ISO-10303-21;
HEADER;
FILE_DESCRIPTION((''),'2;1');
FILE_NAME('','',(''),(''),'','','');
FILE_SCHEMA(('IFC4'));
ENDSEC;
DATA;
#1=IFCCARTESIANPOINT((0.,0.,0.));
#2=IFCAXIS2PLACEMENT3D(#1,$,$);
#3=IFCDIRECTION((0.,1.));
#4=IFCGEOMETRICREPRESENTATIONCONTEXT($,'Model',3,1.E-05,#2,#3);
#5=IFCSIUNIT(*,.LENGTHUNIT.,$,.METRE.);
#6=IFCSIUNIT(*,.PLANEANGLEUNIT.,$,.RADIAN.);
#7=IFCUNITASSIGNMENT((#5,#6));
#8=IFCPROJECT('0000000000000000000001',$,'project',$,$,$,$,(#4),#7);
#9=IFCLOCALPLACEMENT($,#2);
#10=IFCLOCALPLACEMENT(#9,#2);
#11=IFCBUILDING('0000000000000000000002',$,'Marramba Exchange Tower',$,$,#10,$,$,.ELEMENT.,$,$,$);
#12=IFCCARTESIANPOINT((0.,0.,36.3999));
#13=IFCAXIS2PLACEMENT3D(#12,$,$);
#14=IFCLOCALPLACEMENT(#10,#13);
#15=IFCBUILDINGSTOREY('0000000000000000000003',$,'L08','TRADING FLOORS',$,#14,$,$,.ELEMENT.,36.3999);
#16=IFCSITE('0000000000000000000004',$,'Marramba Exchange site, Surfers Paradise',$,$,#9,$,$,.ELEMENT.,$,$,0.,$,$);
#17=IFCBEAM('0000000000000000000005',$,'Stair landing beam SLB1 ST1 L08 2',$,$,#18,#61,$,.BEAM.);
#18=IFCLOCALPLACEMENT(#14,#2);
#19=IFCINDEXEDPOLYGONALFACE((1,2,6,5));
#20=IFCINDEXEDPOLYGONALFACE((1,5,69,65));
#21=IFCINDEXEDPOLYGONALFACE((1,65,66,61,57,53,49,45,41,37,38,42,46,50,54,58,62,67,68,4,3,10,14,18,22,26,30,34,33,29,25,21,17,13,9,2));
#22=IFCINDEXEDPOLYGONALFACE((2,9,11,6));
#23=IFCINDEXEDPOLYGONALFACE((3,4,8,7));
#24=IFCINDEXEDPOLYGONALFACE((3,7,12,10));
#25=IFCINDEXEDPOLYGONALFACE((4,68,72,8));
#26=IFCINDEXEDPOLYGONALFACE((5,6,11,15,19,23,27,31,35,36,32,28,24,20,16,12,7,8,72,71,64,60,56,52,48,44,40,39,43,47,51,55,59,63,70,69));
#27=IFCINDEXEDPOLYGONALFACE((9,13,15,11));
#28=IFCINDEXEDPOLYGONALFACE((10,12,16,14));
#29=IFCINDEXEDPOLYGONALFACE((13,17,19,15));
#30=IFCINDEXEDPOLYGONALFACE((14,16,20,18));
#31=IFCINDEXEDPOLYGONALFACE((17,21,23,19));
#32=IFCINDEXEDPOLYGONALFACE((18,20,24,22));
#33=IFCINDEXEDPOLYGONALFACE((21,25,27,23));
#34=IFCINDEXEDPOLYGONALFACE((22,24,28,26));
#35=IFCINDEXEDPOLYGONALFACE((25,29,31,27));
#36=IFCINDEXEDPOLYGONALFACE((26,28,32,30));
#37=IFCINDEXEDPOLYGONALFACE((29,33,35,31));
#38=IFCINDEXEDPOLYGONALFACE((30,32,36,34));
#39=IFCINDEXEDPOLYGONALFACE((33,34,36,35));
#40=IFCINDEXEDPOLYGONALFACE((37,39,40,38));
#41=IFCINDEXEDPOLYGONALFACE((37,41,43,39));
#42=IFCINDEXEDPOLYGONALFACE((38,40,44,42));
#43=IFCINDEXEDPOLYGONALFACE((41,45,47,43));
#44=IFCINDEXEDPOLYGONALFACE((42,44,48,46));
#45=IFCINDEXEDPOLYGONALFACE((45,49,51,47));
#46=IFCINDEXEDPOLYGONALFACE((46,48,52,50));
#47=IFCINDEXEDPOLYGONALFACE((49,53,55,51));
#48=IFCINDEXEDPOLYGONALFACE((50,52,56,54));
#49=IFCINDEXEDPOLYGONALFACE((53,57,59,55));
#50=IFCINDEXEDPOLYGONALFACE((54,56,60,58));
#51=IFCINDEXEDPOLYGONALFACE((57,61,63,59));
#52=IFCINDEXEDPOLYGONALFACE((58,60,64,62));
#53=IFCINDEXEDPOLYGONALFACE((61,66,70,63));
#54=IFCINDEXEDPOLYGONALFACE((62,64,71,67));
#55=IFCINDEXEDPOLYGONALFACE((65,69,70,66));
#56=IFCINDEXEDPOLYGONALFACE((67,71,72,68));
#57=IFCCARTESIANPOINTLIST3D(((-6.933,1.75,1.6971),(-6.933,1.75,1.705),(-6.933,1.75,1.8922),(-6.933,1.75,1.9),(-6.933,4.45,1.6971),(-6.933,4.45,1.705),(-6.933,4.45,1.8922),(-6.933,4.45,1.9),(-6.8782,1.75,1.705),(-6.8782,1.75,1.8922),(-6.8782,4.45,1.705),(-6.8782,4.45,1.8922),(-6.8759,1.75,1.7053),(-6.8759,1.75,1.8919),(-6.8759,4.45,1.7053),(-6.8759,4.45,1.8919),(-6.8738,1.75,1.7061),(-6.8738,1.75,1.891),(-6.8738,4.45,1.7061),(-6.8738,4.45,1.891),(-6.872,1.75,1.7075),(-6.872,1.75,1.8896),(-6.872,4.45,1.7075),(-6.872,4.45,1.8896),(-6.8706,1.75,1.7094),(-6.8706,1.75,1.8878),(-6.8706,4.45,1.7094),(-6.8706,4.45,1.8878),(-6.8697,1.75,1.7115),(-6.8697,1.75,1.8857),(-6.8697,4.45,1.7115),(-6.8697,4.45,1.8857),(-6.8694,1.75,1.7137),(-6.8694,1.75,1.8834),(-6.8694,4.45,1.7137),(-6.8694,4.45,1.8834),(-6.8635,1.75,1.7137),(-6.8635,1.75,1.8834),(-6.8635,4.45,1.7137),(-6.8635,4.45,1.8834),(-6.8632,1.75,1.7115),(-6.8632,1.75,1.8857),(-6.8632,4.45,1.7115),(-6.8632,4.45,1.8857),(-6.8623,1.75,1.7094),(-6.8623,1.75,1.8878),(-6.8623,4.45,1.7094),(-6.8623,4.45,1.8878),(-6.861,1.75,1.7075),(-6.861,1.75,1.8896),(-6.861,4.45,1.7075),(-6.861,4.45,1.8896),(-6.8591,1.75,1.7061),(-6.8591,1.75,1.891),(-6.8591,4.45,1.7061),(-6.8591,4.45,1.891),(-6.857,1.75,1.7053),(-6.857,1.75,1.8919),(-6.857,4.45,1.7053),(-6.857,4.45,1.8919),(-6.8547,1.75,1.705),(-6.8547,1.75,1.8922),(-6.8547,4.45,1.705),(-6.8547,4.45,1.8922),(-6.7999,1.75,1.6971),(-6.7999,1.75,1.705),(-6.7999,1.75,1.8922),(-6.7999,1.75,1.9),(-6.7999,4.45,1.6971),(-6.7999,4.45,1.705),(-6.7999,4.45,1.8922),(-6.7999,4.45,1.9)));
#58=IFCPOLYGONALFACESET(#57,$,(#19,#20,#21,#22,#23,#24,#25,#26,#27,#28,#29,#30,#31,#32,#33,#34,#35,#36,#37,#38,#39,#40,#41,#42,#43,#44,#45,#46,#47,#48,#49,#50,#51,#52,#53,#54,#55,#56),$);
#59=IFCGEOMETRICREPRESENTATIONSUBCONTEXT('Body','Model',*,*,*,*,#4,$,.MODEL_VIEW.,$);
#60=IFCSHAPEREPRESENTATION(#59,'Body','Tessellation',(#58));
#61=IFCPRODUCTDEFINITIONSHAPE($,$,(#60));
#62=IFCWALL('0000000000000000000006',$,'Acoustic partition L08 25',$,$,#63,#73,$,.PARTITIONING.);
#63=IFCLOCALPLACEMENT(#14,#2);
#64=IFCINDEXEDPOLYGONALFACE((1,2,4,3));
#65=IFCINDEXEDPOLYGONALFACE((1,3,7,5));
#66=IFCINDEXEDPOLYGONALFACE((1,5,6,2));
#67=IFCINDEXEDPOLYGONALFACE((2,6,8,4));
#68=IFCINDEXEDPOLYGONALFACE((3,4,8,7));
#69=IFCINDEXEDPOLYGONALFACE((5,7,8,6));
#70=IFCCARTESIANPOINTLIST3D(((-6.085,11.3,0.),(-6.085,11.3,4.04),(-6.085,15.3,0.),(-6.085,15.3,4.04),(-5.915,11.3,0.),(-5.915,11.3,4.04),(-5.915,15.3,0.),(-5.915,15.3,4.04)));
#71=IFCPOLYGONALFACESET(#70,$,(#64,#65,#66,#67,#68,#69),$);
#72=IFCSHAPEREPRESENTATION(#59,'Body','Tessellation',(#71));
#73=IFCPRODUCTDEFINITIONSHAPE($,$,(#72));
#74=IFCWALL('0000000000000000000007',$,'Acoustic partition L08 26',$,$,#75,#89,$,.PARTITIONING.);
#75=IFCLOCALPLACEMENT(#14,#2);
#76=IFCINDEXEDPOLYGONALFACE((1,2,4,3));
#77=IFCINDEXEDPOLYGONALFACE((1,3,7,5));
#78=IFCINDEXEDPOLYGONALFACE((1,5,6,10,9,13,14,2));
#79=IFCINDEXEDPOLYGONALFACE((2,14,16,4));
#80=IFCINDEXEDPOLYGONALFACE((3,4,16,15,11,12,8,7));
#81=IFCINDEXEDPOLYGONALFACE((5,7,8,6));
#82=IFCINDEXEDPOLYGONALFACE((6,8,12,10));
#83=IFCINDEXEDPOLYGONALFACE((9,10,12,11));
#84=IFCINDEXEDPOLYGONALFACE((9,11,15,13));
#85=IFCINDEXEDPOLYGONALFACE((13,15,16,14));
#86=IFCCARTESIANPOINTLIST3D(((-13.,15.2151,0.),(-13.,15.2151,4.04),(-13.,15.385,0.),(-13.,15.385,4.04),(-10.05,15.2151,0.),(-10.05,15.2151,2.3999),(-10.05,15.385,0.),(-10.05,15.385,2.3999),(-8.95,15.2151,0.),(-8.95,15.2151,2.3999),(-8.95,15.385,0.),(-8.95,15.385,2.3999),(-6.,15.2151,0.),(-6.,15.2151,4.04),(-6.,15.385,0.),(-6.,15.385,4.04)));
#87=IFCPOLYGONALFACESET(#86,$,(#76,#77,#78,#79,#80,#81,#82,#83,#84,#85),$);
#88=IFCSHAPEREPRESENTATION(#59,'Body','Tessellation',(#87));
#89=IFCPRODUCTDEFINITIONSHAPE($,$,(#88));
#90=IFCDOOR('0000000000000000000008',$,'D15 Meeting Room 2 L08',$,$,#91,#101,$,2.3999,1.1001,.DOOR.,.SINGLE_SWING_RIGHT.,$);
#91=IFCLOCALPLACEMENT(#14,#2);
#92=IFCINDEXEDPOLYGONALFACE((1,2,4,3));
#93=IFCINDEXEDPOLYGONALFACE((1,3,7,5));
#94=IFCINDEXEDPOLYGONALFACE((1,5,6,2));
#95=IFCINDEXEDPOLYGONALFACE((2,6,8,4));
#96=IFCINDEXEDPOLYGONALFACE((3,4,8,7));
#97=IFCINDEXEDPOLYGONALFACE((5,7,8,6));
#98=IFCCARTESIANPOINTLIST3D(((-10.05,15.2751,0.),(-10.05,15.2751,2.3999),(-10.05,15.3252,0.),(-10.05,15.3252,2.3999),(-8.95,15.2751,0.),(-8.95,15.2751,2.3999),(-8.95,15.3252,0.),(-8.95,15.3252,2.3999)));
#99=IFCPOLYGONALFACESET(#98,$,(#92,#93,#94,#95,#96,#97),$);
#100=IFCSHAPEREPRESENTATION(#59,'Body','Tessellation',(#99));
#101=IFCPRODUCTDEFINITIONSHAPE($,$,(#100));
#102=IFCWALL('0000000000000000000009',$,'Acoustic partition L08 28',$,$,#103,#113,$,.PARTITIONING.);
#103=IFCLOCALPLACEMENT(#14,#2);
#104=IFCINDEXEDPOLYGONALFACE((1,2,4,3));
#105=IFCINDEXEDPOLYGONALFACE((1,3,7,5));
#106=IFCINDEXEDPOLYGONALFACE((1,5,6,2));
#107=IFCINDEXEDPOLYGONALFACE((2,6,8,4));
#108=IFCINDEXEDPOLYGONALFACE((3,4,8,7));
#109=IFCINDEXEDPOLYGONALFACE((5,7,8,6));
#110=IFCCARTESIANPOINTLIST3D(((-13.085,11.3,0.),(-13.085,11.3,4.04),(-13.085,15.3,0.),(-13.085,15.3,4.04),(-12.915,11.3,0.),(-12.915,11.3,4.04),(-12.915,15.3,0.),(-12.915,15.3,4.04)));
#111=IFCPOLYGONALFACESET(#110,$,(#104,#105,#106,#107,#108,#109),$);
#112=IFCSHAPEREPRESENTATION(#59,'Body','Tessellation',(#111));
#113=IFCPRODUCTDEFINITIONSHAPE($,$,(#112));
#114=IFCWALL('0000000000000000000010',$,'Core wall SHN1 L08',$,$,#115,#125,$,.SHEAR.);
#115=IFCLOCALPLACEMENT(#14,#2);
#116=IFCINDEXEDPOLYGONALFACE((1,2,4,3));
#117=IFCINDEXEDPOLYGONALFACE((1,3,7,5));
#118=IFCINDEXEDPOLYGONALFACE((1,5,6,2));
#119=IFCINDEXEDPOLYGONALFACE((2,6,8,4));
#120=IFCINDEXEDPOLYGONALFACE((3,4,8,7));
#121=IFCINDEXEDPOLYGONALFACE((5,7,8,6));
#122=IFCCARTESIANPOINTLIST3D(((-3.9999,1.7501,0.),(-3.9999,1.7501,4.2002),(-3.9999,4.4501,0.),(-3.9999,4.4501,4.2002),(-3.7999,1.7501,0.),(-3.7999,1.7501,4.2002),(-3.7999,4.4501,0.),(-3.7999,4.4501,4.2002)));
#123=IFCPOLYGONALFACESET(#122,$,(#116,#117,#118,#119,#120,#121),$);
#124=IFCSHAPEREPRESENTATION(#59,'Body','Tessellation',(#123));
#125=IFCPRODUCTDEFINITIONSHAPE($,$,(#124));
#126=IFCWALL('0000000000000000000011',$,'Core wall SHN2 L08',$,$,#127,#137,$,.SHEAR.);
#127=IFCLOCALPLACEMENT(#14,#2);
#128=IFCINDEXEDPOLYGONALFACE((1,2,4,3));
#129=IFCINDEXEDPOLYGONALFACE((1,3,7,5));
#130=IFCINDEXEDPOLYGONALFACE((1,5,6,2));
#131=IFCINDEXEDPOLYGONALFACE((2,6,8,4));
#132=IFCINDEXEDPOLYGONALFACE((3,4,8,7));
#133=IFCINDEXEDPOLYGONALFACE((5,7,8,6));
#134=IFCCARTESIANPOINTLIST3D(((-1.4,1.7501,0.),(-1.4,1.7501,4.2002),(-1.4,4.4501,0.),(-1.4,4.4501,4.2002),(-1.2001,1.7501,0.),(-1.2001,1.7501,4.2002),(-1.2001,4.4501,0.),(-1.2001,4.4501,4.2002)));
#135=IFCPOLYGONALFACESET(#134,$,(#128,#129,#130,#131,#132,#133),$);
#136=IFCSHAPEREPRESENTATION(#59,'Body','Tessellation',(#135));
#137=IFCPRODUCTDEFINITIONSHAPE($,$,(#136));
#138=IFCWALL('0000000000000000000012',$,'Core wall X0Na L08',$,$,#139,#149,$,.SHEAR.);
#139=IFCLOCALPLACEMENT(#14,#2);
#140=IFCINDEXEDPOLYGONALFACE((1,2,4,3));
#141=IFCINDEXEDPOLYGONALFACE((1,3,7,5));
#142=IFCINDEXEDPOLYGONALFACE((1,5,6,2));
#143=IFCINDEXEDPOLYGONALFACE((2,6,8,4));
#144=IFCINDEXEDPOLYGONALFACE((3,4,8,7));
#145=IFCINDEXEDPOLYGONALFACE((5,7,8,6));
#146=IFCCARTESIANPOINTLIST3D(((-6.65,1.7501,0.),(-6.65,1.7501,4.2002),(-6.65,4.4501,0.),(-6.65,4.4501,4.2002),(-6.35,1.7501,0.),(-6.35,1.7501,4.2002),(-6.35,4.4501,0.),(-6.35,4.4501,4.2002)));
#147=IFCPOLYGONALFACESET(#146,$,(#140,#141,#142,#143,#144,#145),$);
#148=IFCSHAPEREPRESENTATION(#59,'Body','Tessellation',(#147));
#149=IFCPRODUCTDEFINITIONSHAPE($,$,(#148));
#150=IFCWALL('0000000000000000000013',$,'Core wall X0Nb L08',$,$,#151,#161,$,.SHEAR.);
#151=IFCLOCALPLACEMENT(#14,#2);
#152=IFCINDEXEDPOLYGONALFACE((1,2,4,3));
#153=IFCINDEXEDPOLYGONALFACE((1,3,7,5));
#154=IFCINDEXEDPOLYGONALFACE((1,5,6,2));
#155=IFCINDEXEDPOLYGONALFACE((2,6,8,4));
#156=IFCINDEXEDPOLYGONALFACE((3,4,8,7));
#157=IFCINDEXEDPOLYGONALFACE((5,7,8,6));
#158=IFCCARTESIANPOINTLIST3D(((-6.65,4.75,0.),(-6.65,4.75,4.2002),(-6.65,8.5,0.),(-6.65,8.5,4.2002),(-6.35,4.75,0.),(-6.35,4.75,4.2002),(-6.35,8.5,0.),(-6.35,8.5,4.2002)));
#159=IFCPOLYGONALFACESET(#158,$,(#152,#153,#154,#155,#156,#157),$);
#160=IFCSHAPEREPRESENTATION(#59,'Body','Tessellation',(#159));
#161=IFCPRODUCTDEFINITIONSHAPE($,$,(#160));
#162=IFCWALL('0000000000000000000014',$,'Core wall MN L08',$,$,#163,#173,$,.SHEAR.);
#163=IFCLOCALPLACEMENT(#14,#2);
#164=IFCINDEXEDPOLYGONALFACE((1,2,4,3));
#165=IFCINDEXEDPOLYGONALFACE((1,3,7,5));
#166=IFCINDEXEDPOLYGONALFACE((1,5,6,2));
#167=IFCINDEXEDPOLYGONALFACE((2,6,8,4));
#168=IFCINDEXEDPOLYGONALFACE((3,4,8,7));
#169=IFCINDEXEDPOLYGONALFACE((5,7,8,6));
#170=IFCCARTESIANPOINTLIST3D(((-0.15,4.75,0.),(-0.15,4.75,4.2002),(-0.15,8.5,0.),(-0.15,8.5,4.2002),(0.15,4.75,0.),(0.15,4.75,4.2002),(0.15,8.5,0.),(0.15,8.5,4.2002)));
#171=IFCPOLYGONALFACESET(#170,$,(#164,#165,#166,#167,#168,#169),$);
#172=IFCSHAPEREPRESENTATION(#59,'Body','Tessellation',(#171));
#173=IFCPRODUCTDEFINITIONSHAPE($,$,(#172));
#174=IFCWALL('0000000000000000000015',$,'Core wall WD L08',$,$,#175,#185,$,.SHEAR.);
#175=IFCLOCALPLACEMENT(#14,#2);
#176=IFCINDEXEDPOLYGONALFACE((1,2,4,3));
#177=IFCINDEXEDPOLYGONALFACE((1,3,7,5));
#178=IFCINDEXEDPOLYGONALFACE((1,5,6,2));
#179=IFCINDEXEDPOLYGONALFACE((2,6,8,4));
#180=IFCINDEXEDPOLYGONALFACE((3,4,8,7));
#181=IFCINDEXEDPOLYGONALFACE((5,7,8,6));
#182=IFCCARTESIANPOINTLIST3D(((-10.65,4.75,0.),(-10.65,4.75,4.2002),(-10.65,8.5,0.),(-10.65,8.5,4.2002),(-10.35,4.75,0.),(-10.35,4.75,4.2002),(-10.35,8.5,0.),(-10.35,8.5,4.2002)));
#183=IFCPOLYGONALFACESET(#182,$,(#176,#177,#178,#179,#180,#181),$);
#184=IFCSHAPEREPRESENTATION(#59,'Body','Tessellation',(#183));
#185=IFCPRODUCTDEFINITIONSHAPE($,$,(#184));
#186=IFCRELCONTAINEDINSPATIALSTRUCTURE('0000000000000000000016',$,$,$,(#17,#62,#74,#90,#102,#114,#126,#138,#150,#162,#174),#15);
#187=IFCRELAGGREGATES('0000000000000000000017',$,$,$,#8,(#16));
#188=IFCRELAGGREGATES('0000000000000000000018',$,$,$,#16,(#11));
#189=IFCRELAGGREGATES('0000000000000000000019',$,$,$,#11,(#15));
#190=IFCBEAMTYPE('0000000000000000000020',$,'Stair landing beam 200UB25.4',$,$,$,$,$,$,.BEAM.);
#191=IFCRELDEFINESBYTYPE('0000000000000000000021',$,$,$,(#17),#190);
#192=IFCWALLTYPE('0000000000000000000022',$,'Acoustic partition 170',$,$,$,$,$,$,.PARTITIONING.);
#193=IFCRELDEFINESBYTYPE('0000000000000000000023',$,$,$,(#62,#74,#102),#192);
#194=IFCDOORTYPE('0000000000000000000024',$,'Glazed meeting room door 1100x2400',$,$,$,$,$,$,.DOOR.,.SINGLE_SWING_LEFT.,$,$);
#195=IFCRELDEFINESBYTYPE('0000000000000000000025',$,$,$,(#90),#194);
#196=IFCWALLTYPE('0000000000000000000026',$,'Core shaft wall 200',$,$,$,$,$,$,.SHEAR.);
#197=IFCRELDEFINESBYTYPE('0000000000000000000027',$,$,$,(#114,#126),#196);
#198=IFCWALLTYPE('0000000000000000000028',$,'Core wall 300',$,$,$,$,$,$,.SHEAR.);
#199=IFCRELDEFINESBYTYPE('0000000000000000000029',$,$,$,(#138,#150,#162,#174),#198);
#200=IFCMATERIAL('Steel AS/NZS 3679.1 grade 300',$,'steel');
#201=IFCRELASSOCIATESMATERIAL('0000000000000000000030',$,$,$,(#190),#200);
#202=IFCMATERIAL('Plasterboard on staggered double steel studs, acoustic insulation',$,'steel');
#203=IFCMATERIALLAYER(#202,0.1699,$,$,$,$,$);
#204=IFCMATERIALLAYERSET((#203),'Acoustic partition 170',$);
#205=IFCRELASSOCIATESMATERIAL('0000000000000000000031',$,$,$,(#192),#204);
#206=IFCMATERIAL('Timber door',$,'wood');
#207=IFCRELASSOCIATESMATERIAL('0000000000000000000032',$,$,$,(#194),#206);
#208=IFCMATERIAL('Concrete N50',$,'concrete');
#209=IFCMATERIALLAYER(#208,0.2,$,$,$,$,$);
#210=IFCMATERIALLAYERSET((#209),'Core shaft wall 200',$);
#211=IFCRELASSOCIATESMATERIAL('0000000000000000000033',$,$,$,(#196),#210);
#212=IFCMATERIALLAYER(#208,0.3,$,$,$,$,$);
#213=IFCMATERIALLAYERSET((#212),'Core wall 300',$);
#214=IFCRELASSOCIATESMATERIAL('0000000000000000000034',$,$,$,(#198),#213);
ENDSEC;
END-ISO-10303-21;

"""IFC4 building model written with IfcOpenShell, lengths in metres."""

from ifc_helpers import new_model, si_unit, direction, frame, frame_2d, origin, origin_2d, place, context, subcontext, project, spatial, rectangle, i_section, extrude, material, layer, layer_set, material_profile, profile_set, type_object, element, fill, save


model = new_model("IFC4")

# Units and contexts
model_context = context("Model", 3, precision=1e-05, world=origin(), true_north=direction((0.0, 1.0)))
body_context = subcontext(model_context, "Body", "Model", "MODEL_VIEW")
ifc_project = project(units=[si_unit("LENGTHUNIT", "METRE"), si_unit("PLANEANGLEUNIT", "RADIAN")], contexts=[model_context])

# Site, building, storey
site_placement = place(None, origin())
site = spatial("IfcSite", under=ifc_project, at=site_placement, Name="Marramba Exchange site, Surfers Paradise", CompositionType="ELEMENT", RefElevation=0.0)
building_placement = place(site_placement, origin())
building = spatial("IfcBuilding", under=site, at=building_placement, Name="Marramba Exchange Tower", CompositionType="ELEMENT")
storey_placement = place(building_placement, frame((0.0, 0.0, 36.3999)))
storey = spatial("IfcBuildingStorey", under=building, at=storey_placement, Name="L08", Description="TRADING FLOORS", CompositionType="ELEMENT", Elevation=36.3999)

# Beam
ifc_material_1 = material(Name="Steel AS/NZS 3679.1 grade 300", Category="steel")
ifc_material_profile_1 = material_profile(ifc_material_1, i_section(OverallWidth=0.1331, OverallDepth=0.2029, WebThickness=0.0059, FlangeThickness=0.0078, FilletRadius=0.0088, at=origin_2d()), Name="200UB25.4")
ifc_profile_set_1 = profile_set([ifc_material_profile_1], Name="Steel AS/NZS 3679.1 grade 300")
beam_type_1 = type_object("IfcBeamType", Name="Stair landing beam 200UB25.4", PredefinedType="BEAM", material=ifc_profile_set_1)
for number, where, z_axis, x_axis, name in (
    (1, (-6.8665, 1.75, 1.7986), (0.0, 1.0, 0.0), (-1.0, 0.0, 0.0), "Stair landing beam SLB1 ST1 L08 2"),
):
    element("IfcBeam", number, at=place(storey_placement, frame(where, z_axis=z_axis, x_axis=x_axis)), inside=storey, type_object=beam_type_1, Name=name, PredefinedType="BEAM", context=body_context, shape_type="SweptSolid", body=[
        extrude(i_section(OverallWidth=0.1331, OverallDepth=0.2029, WebThickness=0.0059, FlangeThickness=0.0078, FilletRadius=0.0088, at=origin_2d()), origin(), (0.0, 0.0, 1.0), 2.7),
    ])

# Wall
ifc_material_2 = material(Name="Plasterboard on staggered double steel studs, acoustic insulation", Category="steel")
ifc_layer_1 = layer(ifc_material_2, 0.1699)
ifc_layer_set_1 = layer_set([ifc_layer_1], Name="Acoustic partition 170")
wall_type_1 = type_object("IfcWallType", Name="Acoustic partition 170", PredefinedType="PARTITIONING", material=ifc_layer_set_1)
wall_1_placement = place(storey_placement, frame((-6.0, 11.3, 0.0), z_axis=(0.0, 0.0, 1.0), x_axis=(0.0, 1.0, 0.0)))
element("IfcWall", 2, at=wall_1_placement, inside=storey, type_object=wall_type_1, Name="Acoustic partition L08 25", PredefinedType="PARTITIONING", context=body_context, shape_type="SweptSolid", body=[
    extrude(rectangle(XDim=4.0, YDim=0.1699, at=frame_2d((2.0, 0.0))), origin(), (0.0, 0.0, 1.0), 4.04),
])

# Wall, opening, door
wall_2_placement = place(storey_placement, frame((-6.0, 15.3, 0.0), z_axis=(0.0, 0.0, 1.0), x_axis=(-1.0, 0.0, 0.0)))
wall_2 = element("IfcWall", 3, at=wall_2_placement, inside=storey, type_object=wall_type_1, Name="Acoustic partition L08 26", PredefinedType="PARTITIONING", context=body_context, shape_type="SweptSolid", body=[
    extrude(rectangle(XDim=7.0, YDim=0.1699, at=frame_2d((3.5, 0.0))), origin(), (0.0, 0.0, 1.0), 4.04),
])
opening_placement = place(wall_2_placement, frame((2.95, 0.0, 0.0)))
opening = element("IfcOpeningElement", 4, at=opening_placement, cuts=wall_2, PredefinedType="OPENING", context=body_context, shape_type="SweptSolid", body=[
    extrude(rectangle(XDim=1.1001, YDim=2.3999, at=frame_2d((0.55, 1.2))), frame((0.0, 0.095, 0.0), z_axis=(0.0, -1.0, 0.0), x_axis=(1.0, 0.0, 0.0)), (0.0, 0.0, 1.0), 0.1899),
])
ifc_material_3 = material(Name="Timber door", Category="wood")
door_type = type_object("IfcDoorType", Name="Glazed meeting room door 1100x2400", OperationType="SINGLE_SWING_LEFT", PredefinedType="DOOR", material=ifc_material_3)
door_placement = place(opening_placement, origin())
door = element("IfcDoor", 5, at=door_placement, inside=storey, type_object=door_type, Name="D15 Meeting Room 2 L08", OperationType="SINGLE_SWING_RIGHT", OverallHeight=2.3999, OverallWidth=1.1001, PredefinedType="DOOR", context=body_context, shape_type="SweptSolid", body=[
    extrude(rectangle(XDim=1.1001, YDim=2.3999, at=frame_2d((0.55, 1.2))), frame((0.0, 0.0249, 0.0), z_axis=(0.0, -1.0, 0.0), x_axis=(1.0, 0.0, 0.0)), (0.0, 0.0, 1.0), 0.05),
])
fill(opening, door)

# Walls
wall_3_placement = place(storey_placement, frame((-13.0, 15.3, 0.0), z_axis=(0.0, 0.0, 1.0), x_axis=(0.0, -1.0, 0.0)))
element("IfcWall", 6, at=wall_3_placement, inside=storey, type_object=wall_type_1, Name="Acoustic partition L08 28", PredefinedType="PARTITIONING", context=body_context, shape_type="SweptSolid", body=[
    extrude(rectangle(XDim=4.0, YDim=0.1699, at=frame_2d((2.0, 0.0))), origin(), (0.0, 0.0, 1.0), 4.04),
])
ifc_material_4 = material(Name="Concrete N50", Category="concrete")
ifc_layer_2 = layer(ifc_material_4, 0.2)
ifc_layer_set_2 = layer_set([ifc_layer_2], Name="Core shaft wall 200")
wall_type_2 = type_object("IfcWallType", Name="Core shaft wall 200", PredefinedType="SHEAR", material=ifc_layer_set_2)
for number, where, z_axis, x_axis, name in (
    (7, (-3.8999, 1.75, 0.0), (0.0, 0.0, 1.0), (0.0, 1.0, 0.0), "Core wall SHN1 L08"),
    (8, (-1.3, 1.75, 0.0), (0.0, 0.0, 1.0), (0.0, 1.0, 0.0), "Core wall SHN2 L08"),
):
    element("IfcWall", number, at=place(storey_placement, frame(where, z_axis=z_axis, x_axis=x_axis)), inside=storey, type_object=wall_type_2, Name=name, PredefinedType="SHEAR", context=body_context, shape_type="SweptSolid", body=[
        extrude(rectangle(XDim=2.7, YDim=0.2, at=frame_2d((1.3501, 0.0))), origin(), (0.0, 0.0, 1.0), 4.2002),
    ])
ifc_layer_3 = layer(ifc_material_4, 0.3)
ifc_layer_set_3 = layer_set([ifc_layer_3], Name="Core wall 300")
wall_type_3 = type_object("IfcWallType", Name="Core wall 300", PredefinedType="SHEAR", material=ifc_layer_set_3)
wall_4_placement = place(storey_placement, frame((-6.5, 1.75, 0.0), z_axis=(0.0, 0.0, 1.0), x_axis=(0.0, 1.0, 0.0)))
element("IfcWall", 9, at=wall_4_placement, inside=storey, type_object=wall_type_3, Name="Core wall X0Na L08", PredefinedType="SHEAR", context=body_context, shape_type="SweptSolid", body=[
    extrude(rectangle(XDim=2.7, YDim=0.3, at=frame_2d((1.3501, 0.0))), origin(), (0.0, 0.0, 1.0), 4.2002),
])
for number, where, z_axis, x_axis, name in (
    (10, (-6.5, 4.75, 0.0), (0.0, 0.0, 1.0), (0.0, 1.0, 0.0), "Core wall X0Nb L08"),
    (11, (0.0, 4.75, 0.0), (0.0, 0.0, 1.0), (0.0, 1.0, 0.0), "Core wall MN L08"),
    (12, (-10.5, 4.75, 0.0), (0.0, 0.0, 1.0), (0.0, 1.0, 0.0), "Core wall WD L08"),
):
    element("IfcWall", number, at=place(storey_placement, frame(where, z_axis=z_axis, x_axis=x_axis)), inside=storey, type_object=wall_type_3, Name=name, PredefinedType="SHEAR", context=body_context, shape_type="SweptSolid", body=[
        extrude(rectangle(XDim=3.75, YDim=0.3, at=frame_2d((1.875, 0.0))), origin(), (0.0, 0.0, 1.0), 4.2002),
    ])

save(model, "model.ifc")
